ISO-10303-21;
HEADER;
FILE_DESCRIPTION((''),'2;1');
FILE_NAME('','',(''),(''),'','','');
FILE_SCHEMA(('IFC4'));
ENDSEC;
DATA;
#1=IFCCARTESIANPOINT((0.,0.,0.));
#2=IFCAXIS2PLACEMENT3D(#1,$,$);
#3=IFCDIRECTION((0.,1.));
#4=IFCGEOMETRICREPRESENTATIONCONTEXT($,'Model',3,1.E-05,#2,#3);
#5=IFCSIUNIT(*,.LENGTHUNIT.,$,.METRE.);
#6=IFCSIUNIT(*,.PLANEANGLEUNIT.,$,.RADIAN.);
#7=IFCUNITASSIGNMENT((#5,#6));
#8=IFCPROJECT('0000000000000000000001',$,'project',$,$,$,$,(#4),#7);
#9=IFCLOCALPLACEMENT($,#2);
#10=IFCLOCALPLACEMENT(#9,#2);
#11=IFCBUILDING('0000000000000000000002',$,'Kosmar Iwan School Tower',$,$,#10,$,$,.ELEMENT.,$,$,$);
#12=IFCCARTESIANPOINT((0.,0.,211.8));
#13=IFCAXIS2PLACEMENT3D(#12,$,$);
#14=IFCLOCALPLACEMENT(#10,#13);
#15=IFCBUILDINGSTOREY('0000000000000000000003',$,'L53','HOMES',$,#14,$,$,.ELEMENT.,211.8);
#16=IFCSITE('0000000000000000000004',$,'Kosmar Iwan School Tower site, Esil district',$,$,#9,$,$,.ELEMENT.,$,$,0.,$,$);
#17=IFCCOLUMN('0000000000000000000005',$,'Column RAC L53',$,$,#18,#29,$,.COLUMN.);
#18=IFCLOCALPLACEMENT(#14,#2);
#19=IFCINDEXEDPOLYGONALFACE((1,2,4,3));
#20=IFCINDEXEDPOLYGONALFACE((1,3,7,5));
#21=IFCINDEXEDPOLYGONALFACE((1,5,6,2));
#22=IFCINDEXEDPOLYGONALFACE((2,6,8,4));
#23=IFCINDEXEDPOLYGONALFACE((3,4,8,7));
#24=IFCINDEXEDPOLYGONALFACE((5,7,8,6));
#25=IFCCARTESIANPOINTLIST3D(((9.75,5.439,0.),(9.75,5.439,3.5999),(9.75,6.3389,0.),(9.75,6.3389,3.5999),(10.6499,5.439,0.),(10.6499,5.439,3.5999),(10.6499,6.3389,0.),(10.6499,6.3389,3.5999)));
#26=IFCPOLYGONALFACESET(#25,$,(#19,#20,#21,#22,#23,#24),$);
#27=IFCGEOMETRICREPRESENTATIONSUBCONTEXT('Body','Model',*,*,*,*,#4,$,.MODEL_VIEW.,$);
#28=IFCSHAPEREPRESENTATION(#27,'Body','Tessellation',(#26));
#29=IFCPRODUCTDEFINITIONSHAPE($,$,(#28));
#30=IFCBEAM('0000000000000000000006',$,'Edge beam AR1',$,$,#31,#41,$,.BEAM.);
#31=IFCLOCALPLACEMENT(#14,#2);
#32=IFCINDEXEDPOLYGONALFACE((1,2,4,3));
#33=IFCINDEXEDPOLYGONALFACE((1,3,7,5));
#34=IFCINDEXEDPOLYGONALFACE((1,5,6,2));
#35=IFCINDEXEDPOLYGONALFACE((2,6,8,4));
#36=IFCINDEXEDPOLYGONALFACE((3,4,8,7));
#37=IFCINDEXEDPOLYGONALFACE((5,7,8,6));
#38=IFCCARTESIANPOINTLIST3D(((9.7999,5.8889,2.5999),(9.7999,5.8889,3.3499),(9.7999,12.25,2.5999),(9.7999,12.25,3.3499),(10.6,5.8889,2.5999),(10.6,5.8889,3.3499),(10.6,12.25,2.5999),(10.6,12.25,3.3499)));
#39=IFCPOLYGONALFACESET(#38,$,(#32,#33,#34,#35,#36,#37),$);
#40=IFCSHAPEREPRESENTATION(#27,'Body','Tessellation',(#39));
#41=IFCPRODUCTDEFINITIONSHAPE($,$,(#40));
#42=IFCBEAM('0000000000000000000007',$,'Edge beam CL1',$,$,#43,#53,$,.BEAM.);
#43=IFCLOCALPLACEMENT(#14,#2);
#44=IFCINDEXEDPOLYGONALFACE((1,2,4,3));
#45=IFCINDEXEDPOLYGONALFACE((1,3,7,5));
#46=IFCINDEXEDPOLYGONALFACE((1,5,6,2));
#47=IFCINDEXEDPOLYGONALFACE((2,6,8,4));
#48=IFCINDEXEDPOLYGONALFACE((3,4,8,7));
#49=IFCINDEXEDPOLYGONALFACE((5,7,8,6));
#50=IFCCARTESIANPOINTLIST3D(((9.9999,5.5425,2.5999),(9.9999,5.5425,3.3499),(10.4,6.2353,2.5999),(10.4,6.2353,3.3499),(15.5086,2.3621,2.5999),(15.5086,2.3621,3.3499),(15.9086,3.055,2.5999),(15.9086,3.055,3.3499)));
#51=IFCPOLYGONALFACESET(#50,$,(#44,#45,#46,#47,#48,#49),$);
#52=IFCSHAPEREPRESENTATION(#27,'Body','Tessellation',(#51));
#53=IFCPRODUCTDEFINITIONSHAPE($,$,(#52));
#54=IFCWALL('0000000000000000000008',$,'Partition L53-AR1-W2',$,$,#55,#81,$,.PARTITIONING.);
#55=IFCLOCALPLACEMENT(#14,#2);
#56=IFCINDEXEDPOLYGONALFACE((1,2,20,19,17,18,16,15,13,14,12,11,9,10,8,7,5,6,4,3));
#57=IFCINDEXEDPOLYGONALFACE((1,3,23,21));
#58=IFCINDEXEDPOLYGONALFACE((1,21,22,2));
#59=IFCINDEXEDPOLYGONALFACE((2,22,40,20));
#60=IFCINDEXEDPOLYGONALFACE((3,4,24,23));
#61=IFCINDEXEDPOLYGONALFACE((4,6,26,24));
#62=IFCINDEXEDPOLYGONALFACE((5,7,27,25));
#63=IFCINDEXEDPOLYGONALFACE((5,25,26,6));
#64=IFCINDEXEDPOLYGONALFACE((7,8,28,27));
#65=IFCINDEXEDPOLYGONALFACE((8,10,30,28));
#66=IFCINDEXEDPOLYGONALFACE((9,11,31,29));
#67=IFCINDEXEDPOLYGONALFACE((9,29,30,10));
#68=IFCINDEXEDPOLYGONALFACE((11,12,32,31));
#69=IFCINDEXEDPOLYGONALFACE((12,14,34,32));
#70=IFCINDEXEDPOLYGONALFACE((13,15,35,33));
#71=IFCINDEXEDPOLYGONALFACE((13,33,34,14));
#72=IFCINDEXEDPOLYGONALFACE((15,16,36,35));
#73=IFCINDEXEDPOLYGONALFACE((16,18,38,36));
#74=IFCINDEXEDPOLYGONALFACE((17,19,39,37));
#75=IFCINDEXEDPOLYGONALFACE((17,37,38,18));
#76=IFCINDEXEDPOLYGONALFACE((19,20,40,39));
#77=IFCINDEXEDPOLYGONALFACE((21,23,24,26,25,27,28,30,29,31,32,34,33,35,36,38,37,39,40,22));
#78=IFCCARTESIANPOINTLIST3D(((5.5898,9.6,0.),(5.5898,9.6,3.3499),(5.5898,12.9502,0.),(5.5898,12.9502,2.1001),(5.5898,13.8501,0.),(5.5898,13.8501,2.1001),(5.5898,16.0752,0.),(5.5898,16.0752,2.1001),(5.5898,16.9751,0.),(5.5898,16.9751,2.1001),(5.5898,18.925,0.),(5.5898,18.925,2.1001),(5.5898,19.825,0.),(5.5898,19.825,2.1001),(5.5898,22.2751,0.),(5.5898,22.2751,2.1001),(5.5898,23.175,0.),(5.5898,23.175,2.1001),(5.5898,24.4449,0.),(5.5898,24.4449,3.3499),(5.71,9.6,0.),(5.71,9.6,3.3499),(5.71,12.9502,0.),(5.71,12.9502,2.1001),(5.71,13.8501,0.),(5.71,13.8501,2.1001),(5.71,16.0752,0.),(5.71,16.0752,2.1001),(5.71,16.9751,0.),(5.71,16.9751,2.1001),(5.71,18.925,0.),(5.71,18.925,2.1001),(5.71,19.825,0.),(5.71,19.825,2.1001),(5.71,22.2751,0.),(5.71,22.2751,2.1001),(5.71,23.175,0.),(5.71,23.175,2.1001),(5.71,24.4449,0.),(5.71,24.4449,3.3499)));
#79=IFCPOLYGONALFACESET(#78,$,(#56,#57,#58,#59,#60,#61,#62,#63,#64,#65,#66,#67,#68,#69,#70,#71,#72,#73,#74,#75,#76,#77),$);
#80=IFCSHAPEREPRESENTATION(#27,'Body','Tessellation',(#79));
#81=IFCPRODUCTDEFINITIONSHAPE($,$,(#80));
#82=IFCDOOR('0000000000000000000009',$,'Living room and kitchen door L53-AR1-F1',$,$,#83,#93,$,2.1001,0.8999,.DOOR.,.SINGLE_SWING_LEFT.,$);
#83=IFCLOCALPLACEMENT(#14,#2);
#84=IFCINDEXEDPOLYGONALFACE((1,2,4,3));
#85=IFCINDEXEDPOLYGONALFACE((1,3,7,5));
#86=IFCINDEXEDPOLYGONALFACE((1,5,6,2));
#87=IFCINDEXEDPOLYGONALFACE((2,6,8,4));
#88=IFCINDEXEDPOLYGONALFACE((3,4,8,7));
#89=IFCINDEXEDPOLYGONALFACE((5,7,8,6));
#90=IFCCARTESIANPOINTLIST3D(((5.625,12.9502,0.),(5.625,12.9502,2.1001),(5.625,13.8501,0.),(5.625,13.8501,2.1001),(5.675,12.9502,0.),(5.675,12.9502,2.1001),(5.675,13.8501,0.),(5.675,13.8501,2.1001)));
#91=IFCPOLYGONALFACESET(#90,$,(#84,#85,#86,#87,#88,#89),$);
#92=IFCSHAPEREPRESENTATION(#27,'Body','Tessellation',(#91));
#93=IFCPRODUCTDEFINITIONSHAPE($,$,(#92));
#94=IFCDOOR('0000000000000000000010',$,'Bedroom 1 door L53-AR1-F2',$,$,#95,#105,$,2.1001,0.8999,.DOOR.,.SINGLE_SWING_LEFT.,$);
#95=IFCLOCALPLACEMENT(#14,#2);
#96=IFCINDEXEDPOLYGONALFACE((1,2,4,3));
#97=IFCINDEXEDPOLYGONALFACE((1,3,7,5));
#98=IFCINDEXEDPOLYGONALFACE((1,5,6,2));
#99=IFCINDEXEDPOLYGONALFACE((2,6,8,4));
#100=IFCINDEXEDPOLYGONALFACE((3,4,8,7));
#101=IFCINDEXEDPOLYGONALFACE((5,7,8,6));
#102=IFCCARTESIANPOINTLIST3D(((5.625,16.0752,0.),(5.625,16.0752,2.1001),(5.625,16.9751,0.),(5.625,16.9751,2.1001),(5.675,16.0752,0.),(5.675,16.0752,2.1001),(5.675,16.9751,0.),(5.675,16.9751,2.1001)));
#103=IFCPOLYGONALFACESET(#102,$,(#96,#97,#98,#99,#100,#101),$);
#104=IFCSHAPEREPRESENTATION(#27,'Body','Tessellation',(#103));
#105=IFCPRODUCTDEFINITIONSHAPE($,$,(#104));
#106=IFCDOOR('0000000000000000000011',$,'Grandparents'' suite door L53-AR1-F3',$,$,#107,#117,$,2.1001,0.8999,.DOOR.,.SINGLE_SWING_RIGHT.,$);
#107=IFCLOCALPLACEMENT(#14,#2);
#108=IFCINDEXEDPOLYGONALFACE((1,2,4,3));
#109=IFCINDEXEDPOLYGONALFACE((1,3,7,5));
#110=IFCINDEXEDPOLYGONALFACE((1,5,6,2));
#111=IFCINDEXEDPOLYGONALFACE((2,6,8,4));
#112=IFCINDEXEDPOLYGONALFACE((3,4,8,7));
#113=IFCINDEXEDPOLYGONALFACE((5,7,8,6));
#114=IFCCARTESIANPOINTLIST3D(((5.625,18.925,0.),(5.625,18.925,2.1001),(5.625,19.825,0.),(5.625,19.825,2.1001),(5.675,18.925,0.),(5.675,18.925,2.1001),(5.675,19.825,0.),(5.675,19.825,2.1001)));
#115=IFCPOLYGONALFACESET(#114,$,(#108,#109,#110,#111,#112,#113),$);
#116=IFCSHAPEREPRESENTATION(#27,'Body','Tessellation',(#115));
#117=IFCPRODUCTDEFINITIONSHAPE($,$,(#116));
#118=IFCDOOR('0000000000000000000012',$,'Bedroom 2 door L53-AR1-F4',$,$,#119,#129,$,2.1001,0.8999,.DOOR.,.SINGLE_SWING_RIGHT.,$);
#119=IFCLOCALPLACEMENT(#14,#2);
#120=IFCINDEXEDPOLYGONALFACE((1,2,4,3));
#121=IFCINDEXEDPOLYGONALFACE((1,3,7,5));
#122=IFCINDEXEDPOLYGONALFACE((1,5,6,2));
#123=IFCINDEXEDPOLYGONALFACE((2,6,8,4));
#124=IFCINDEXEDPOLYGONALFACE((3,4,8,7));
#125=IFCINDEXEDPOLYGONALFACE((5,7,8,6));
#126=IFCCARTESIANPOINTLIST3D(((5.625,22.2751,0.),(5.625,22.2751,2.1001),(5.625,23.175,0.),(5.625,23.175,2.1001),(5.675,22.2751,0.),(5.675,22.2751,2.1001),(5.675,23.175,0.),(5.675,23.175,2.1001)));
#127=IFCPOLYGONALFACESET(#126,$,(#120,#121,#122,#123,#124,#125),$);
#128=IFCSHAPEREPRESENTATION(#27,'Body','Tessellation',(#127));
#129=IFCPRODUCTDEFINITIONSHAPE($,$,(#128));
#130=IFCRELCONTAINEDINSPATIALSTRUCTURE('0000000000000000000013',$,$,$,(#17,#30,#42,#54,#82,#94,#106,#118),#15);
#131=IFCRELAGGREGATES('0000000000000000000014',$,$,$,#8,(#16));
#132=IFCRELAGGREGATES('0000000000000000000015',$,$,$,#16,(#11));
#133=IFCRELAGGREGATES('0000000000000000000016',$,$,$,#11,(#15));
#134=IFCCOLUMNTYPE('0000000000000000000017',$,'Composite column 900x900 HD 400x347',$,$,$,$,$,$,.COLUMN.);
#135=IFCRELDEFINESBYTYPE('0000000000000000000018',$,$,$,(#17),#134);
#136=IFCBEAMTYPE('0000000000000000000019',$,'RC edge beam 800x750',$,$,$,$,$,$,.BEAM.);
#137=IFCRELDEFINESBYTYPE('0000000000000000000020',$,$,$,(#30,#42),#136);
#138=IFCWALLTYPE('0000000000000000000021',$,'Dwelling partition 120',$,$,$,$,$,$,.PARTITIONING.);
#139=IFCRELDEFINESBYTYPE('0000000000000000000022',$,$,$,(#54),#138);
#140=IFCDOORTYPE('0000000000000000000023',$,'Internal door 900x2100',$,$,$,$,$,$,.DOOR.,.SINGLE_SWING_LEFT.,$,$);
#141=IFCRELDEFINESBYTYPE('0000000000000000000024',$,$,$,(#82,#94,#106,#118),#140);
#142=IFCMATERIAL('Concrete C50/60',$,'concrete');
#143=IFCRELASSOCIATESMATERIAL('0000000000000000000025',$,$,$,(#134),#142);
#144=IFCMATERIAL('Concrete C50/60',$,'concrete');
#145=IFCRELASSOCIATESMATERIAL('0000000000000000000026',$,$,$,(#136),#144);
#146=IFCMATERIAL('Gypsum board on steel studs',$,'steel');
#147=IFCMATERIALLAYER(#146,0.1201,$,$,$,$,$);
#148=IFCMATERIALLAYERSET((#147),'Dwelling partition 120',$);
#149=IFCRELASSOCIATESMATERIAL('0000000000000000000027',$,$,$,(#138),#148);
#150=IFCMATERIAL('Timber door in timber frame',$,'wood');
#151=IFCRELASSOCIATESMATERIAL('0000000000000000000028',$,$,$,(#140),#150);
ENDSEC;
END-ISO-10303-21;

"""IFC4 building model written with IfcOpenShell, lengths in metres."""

from ifc_helpers import new_model, si_unit, direction, frame, frame_2d, origin, origin_2d, place, context, subcontext, project, spatial, rectangle, extrude, material, layer, layer_set, material_profile, profile_set, type_object, element, fill, save


model = new_model("IFC4")

# Units and contexts
model_context = context("Model", 3, precision=1e-05, world=origin(), true_north=direction((0.0, 1.0)))
body_context = subcontext(model_context, "Body", "Model", "MODEL_VIEW")
ifc_project = project(units=[si_unit("LENGTHUNIT", "METRE"), si_unit("PLANEANGLEUNIT", "RADIAN")], contexts=[model_context])

# Site, building, storey
site_placement = place(None, origin())
site = spatial("IfcSite", under=ifc_project, at=site_placement, Name="Kosmar Iwan School Tower site, Esil district", CompositionType="ELEMENT", RefElevation=0.0)
building_placement = place(site_placement, origin())
building = spatial("IfcBuilding", under=site, at=building_placement, Name="Kosmar Iwan School Tower", CompositionType="ELEMENT")
storey_placement = place(building_placement, frame((0.0, 0.0, 211.8)))
storey = spatial("IfcBuildingStorey", under=building, at=storey_placement, Name="L53", Description="HOMES", CompositionType="ELEMENT", Elevation=211.8)

# Column
ifc_material_1 = material(Name="Concrete C50/60", Category="concrete")
ifc_material_profile_1 = material_profile(ifc_material_1, rectangle(XDim=0.8999, YDim=0.8999, at=origin_2d()), Name="RC 900x900 + HD 400x347")
ifc_profile_set_1 = profile_set([ifc_material_profile_1], Name="Concrete C50/60")
column_type = type_object("IfcColumnType", Name="Composite column 900x900 HD 400x347", PredefinedType="COLUMN", material=ifc_profile_set_1)
column_placement = place(storey_placement, frame((10.2, 5.8889, 0.0), z_axis=(0.0, 0.0, 1.0), x_axis=(1.0, 0.0, 0.0)))
element("IfcColumn", 1, at=column_placement, inside=storey, type_object=column_type, Name="Column RAC L53", PredefinedType="COLUMN", context=body_context, shape_type="SweptSolid", body=[
    extrude(rectangle(XDim=0.8999, YDim=0.8999, at=origin_2d()), origin(), (0.0, 0.0, 1.0), 3.5999),
])

# Beams
ifc_material_2 = material(Name="Concrete C50/60", Category="concrete")
ifc_material_profile_2 = material_profile(ifc_material_2, rectangle(XDim=0.8, YDim=0.75, at=origin_2d()), Name="RC 800x750")
ifc_profile_set_2 = profile_set([ifc_material_profile_2], Name="Concrete C50/60")
beam_type = type_object("IfcBeamType", Name="RC edge beam 800x750", PredefinedType="BEAM", material=ifc_profile_set_2)
beam_1_placement = place(storey_placement, frame((10.2, 5.8889, 2.9749), z_axis=(0.0, 1.0, 0.0), x_axis=(-1.0, 0.0, 0.0)))
element("IfcBeam", 2, at=beam_1_placement, inside=storey, type_object=beam_type, Name="Edge beam AR1", PredefinedType="BEAM", context=body_context, shape_type="SweptSolid", body=[
    extrude(rectangle(XDim=0.8, YDim=0.75, at=origin_2d()), origin(), (0.0, 0.0, 1.0), 6.3611),
])
beam_2_placement = place(storey_placement, frame((10.2, 5.8889, 2.9749), z_axis=(0.866031, -0.49999, 0.0), x_axis=(0.49999, 0.866031, 0.0)))
element("IfcBeam", 3, at=beam_2_placement, inside=storey, type_object=beam_type, Name="Edge beam CL1", PredefinedType="BEAM", context=body_context, shape_type="SweptSolid", body=[
    extrude(rectangle(XDim=0.8, YDim=0.75, at=origin_2d()), origin(), (0.0, 0.0, 1.0), 6.3608),
])

# Wall, openings, doors
ifc_material_3 = material(Name="Gypsum board on steel studs", Category="steel")
ifc_layer_1 = layer(ifc_material_3, 0.1201)
ifc_layer_set_1 = layer_set([ifc_layer_1], Name="Dwelling partition 120")
wall_type_1 = type_object("IfcWallType", Name="Dwelling partition 120", PredefinedType="PARTITIONING", material=ifc_layer_set_1)
wall_1_placement = place(storey_placement, frame((5.6499, 9.6001, 0.0), z_axis=(0.0, 0.0, 1.0), x_axis=(0.0, 1.0, 0.0)))
wall_1 = element("IfcWall", 4, at=wall_1_placement, inside=storey, type_object=wall_type_1, Name="Partition L53-AR1-W2", PredefinedType="PARTITIONING", context=body_context, shape_type="SweptSolid", body=[
    extrude(rectangle(XDim=14.845, YDim=0.1201, at=frame_2d((7.4224, 0.0))), origin(), (0.0, 0.0, 1.0), 3.3499),
])
opening_1_placement = place(wall_1_placement, frame((3.3501, 0.0, 0.0)))
opening_1 = element("IfcOpeningElement", 5, at=opening_1_placement, cuts=wall_1, PredefinedType="OPENING", context=body_context, shape_type="SweptSolid", body=[
    extrude(rectangle(XDim=0.8999, YDim=2.1001, at=frame_2d((0.45, 1.05))), frame((0.0, 0.072, 0.0), z_axis=(0.0, -1.0, 0.0), x_axis=(1.0, 0.0, 0.0)), (0.0, 0.0, 1.0), 0.144),
])
opening_2_placement = place(wall_1_placement, frame((6.4751, 0.0, 0.0)))
opening_2 = element("IfcOpeningElement", 6, at=opening_2_placement, cuts=wall_1, PredefinedType="OPENING", context=body_context, shape_type="SweptSolid", body=[
    extrude(rectangle(XDim=0.8999, YDim=2.1001, at=frame_2d((0.45, 1.05))), frame((0.0, 0.072, 0.0), z_axis=(0.0, -1.0, 0.0), x_axis=(1.0, 0.0, 0.0)), (0.0, 0.0, 1.0), 0.144),
])
opening_3_placement = place(wall_1_placement, frame((9.325, 0.0, 0.0)))
opening_3 = element("IfcOpeningElement", 7, at=opening_3_placement, cuts=wall_1, PredefinedType="OPENING", context=body_context, shape_type="SweptSolid", body=[
    extrude(rectangle(XDim=0.8999, YDim=2.1001, at=frame_2d((0.45, 1.05))), frame((0.0, 0.072, 0.0), z_axis=(0.0, -1.0, 0.0), x_axis=(1.0, 0.0, 0.0)), (0.0, 0.0, 1.0), 0.144),
])
opening_4_placement = place(wall_1_placement, frame((12.675, 0.0, 0.0)))
opening_4 = element("IfcOpeningElement", 8, at=opening_4_placement, cuts=wall_1, PredefinedType="OPENING", context=body_context, shape_type="SweptSolid", body=[
    extrude(rectangle(XDim=0.8999, YDim=2.1001, at=frame_2d((0.45, 1.05))), frame((0.0, 0.072, 0.0), z_axis=(0.0, -1.0, 0.0), x_axis=(1.0, 0.0, 0.0)), (0.0, 0.0, 1.0), 0.144),
])
ifc_material_4 = material(Name="Timber door in timber frame", Category="wood")
door_type = type_object("IfcDoorType", Name="Internal door 900x2100", OperationType="SINGLE_SWING_LEFT", PredefinedType="DOOR", material=ifc_material_4)
door_1_placement = place(opening_1_placement, origin())
door_1 = element("IfcDoor", 9, at=door_1_placement, inside=storey, type_object=door_type, Name="Living room and kitchen door L53-AR1-F1", OperationType="SINGLE_SWING_LEFT", OverallHeight=2.1001, OverallWidth=0.8999, PredefinedType="DOOR", context=body_context, shape_type="SweptSolid", body=[
    extrude(rectangle(XDim=0.8999, YDim=2.1001, at=frame_2d((0.45, 1.05))), frame((0.0, 0.0249, 0.0), z_axis=(0.0, -1.0, 0.0), x_axis=(1.0, 0.0, 0.0)), (0.0, 0.0, 1.0), 0.05),
])
fill(opening_1, door_1)
door_2_placement = place(opening_2_placement, origin())
door_2 = element("IfcDoor", 10, at=door_2_placement, inside=storey, type_object=door_type, Name="Bedroom 1 door L53-AR1-F2", OperationType="SINGLE_SWING_LEFT", OverallHeight=2.1001, OverallWidth=0.8999, PredefinedType="DOOR", context=body_context, shape_type="SweptSolid", body=[
    extrude(rectangle(XDim=0.8999, YDim=2.1001, at=frame_2d((0.45, 1.05))), frame((0.0, 0.0249, 0.0), z_axis=(0.0, -1.0, 0.0), x_axis=(1.0, 0.0, 0.0)), (0.0, 0.0, 1.0), 0.05),
])
fill(opening_2, door_2)
door_3_placement = place(opening_3_placement, origin())
door_3 = element("IfcDoor", 11, at=door_3_placement, inside=storey, type_object=door_type, Name="Grandparents' suite door L53-AR1-F3", OperationType="SINGLE_SWING_RIGHT", OverallHeight=2.1001, OverallWidth=0.8999, PredefinedType="DOOR", context=body_context, shape_type="SweptSolid", body=[
    extrude(rectangle(XDim=0.8999, YDim=2.1001, at=frame_2d((0.45, 1.05))), frame((0.0, 0.0249, 0.0), z_axis=(0.0, -1.0, 0.0), x_axis=(1.0, 0.0, 0.0)), (0.0, 0.0, 1.0), 0.05),
])
fill(opening_3, door_3)
door_4_placement = place(opening_4_placement, origin())
door_4 = element("IfcDoor", 12, at=door_4_placement, inside=storey, type_object=door_type, Name="Bedroom 2 door L53-AR1-F4", OperationType="SINGLE_SWING_RIGHT", OverallHeight=2.1001, OverallWidth=0.8999, PredefinedType="DOOR", context=body_context, shape_type="SweptSolid", body=[
    extrude(rectangle(XDim=0.8999, YDim=2.1001, at=frame_2d((0.45, 1.05))), frame((0.0, 0.0249, 0.0), z_axis=(0.0, -1.0, 0.0), x_axis=(1.0, 0.0, 0.0)), (0.0, 0.0, 1.0), 0.05),
])
fill(opening_4, door_4)

save(model, "model.ifc")
